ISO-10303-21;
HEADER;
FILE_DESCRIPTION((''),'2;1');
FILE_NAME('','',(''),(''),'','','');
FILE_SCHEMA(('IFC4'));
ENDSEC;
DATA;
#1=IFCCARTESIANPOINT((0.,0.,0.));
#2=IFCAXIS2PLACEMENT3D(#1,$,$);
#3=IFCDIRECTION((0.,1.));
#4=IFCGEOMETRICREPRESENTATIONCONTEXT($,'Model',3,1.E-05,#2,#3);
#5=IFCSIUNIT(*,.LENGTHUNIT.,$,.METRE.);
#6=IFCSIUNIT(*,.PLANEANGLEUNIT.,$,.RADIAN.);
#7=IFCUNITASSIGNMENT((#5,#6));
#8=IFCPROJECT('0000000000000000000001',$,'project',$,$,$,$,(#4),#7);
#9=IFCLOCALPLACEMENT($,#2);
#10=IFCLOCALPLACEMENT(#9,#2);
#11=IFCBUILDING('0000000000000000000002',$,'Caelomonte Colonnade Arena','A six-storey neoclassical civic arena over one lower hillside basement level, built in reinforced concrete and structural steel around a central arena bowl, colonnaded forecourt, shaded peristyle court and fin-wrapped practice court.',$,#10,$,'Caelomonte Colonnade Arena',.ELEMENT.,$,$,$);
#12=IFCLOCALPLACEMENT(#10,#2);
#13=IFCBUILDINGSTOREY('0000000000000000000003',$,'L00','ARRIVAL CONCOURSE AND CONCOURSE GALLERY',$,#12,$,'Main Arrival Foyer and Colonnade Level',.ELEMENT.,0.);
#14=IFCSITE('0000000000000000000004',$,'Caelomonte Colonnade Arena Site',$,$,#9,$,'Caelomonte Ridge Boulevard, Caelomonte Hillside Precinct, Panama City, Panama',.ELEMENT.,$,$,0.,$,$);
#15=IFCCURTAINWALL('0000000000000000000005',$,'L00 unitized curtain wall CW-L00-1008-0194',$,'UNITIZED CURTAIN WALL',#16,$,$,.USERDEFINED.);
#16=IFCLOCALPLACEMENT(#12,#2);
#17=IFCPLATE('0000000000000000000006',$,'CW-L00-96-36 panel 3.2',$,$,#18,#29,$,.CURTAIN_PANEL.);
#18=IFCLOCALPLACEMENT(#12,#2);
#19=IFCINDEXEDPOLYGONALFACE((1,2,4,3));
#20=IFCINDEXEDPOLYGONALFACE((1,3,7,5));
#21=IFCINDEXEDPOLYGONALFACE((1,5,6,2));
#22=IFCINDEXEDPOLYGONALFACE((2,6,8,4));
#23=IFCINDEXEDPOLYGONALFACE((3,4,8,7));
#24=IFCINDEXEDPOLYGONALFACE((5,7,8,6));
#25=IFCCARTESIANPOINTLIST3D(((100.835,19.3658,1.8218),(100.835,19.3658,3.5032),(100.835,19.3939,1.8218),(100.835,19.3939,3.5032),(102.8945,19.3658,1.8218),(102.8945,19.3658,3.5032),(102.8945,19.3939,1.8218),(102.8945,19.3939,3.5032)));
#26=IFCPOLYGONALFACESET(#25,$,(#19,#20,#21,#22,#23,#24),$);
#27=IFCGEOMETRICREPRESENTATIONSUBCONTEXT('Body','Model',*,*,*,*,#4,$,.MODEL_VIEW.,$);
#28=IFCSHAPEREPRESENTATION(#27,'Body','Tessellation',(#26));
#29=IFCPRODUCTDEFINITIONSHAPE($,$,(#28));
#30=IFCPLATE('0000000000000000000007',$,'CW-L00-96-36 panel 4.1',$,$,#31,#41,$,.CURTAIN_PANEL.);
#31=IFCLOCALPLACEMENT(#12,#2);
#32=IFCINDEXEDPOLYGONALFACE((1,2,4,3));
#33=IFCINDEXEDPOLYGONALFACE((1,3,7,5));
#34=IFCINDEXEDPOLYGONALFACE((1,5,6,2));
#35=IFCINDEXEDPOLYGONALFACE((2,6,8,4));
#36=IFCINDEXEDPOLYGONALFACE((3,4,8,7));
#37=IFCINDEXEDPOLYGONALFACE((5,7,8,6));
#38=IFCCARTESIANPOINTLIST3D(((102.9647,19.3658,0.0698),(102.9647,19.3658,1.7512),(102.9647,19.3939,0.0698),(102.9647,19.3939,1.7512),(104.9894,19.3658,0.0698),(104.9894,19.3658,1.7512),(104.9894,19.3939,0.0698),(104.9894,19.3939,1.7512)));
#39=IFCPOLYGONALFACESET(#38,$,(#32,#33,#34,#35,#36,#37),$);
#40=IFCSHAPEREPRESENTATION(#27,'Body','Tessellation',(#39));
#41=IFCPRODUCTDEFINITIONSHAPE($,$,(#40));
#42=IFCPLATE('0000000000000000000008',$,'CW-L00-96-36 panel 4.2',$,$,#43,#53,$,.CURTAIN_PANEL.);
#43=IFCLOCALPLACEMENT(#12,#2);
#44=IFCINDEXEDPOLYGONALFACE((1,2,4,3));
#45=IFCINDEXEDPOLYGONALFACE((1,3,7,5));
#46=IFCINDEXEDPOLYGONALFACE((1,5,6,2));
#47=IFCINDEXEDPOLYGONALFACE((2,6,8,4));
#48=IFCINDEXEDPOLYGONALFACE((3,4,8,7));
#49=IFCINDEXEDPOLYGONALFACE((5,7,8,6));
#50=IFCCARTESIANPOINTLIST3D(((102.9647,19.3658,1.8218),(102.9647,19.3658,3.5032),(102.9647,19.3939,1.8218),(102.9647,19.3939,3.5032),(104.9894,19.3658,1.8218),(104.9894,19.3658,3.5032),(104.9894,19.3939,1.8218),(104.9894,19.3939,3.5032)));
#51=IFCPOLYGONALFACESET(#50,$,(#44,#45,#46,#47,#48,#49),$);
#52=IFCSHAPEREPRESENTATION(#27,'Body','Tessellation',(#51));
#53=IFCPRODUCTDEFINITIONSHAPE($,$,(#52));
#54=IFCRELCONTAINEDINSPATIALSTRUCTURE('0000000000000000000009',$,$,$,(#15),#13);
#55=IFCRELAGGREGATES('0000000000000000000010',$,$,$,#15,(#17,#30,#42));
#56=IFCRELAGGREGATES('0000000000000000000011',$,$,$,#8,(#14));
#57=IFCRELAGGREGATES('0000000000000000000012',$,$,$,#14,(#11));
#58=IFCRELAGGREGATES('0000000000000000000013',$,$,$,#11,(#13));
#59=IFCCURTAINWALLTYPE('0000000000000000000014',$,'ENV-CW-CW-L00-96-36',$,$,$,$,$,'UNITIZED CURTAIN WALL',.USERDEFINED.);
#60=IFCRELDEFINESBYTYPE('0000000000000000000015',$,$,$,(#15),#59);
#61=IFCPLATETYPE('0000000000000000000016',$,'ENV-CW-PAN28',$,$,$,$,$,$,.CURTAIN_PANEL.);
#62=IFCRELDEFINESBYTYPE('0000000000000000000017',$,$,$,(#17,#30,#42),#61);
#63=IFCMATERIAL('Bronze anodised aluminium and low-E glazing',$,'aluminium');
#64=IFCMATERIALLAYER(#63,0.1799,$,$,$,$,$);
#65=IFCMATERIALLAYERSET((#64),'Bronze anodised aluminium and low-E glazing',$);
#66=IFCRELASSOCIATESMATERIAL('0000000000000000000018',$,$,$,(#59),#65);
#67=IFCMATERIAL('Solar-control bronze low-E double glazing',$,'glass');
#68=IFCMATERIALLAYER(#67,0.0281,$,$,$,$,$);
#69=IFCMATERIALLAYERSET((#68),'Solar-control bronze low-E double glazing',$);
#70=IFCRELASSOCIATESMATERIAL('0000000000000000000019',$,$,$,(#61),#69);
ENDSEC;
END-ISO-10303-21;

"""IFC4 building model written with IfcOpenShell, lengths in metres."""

from ifc_helpers import new_model, si_unit, direction, frame, origin, origin_2d, place, context, subcontext, project, spatial, rectangle, extrude, material, layer, layer_set, type_object, element, aggregate, save


model = new_model("IFC4")

# Units and contexts
model_context = context("Model", 3, precision=1e-05, world=origin(), true_north=direction((0.0, 1.0)))
body_context = subcontext(model_context, "Body", "Model", "MODEL_VIEW")
ifc_project = project(units=[si_unit("LENGTHUNIT", "METRE"), si_unit("PLANEANGLEUNIT", "RADIAN")], contexts=[model_context])

# Site, building, storey
site_placement = place(None, origin())
site = spatial("IfcSite", under=ifc_project, at=site_placement, Name="Caelomonte Colonnade Arena Site", LongName="Caelomonte Ridge Boulevard, Caelomonte Hillside Precinct, Panama City, Panama", CompositionType="ELEMENT", RefElevation=0.0)
building_placement = place(site_placement, origin())
building = spatial("IfcBuilding", under=site, at=building_placement, Name="Caelomonte Colonnade Arena", Description="A six-storey neoclassical civic arena over one lower hillside basement level, built in reinforced concrete and structural steel around a central arena bowl, colonnaded forecourt, shaded peristyle court and fin-wrapped practice court.", LongName="Caelomonte Colonnade Arena", CompositionType="ELEMENT")
storey_placement = place(building_placement, origin())
storey = spatial("IfcBuildingStorey", under=building, at=storey_placement, Name="L00", Description="ARRIVAL CONCOURSE AND CONCOURSE GALLERY", LongName="Main Arrival Foyer and Colonnade Level", CompositionType="ELEMENT", Elevation=0.0)

# Curtain wall
ifc_material_1 = material(Name="Bronze anodised aluminium and low-E glazing", Category="aluminium")
ifc_layer_1 = layer(ifc_material_1, 0.1799)
ifc_layer_set_1 = layer_set([ifc_layer_1], Name="Bronze anodised aluminium and low-E glazing")
curtain_wall_type = type_object("IfcCurtainWallType", Name="ENV-CW-CW-L00-96-36", ElementType="UNITIZED CURTAIN WALL", PredefinedType="USERDEFINED", material=ifc_layer_set_1)
curtain_wall_placement = place(storey_placement, origin())
curtain_wall = element("IfcCurtainWall", 1, at=curtain_wall_placement, inside=storey, type_object=curtain_wall_type, Name="L00 unitized curtain wall CW-L00-1008-0194", ObjectType="UNITIZED CURTAIN WALL", PredefinedType="USERDEFINED")

# Plates
ifc_material_2 = material(Name="Solar-control bronze low-E double glazing", Category="glass")
ifc_layer_2 = layer(ifc_material_2, 0.0281)
ifc_layer_set_2 = layer_set([ifc_layer_2], Name="Solar-control bronze low-E double glazing")
plate_type = type_object("IfcPlateType", Name="ENV-CW-PAN28", PredefinedType="CURTAIN_PANEL", material=ifc_layer_set_2)
plate_1_placement = place(storey_placement, frame((101.8647, 19.3799, 1.8218), z_axis=(0.0, 0.0, 1.0), x_axis=(1.0, 0.0, 0.0)))
plate_1 = element("IfcPlate", 2, at=plate_1_placement, type_object=plate_type, Name="CW-L00-96-36 panel 3.2", PredefinedType="CURTAIN_PANEL", context=body_context, shape_type="SweptSolid", body=[
    extrude(rectangle(XDim=2.0596, YDim=0.0281, at=origin_2d()), origin(), (0.0, 0.0, 1.0), 1.6814),
])
plate_2_placement = place(storey_placement, frame((103.9771, 19.3799, 0.0698), z_axis=(0.0, 0.0, 1.0), x_axis=(1.0, 0.0, 0.0)))
plate_2 = element("IfcPlate", 3, at=plate_2_placement, type_object=plate_type, Name="CW-L00-96-36 panel 4.1", PredefinedType="CURTAIN_PANEL", context=body_context, shape_type="SweptSolid", body=[
    extrude(rectangle(XDim=2.0247, YDim=0.0281, at=origin_2d()), origin(), (0.0, 0.0, 1.0), 1.6814),
])
plate_3_placement = place(storey_placement, frame((103.9771, 19.3799, 1.8218), z_axis=(0.0, 0.0, 1.0), x_axis=(1.0, 0.0, 0.0)))
plate_3 = element("IfcPlate", 4, at=plate_3_placement, type_object=plate_type, Name="CW-L00-96-36 panel 4.2", PredefinedType="CURTAIN_PANEL", context=body_context, shape_type="SweptSolid", body=[
    extrude(rectangle(XDim=2.0247, YDim=0.0281, at=origin_2d()), origin(), (0.0, 0.0, 1.0), 1.6814),
])
aggregate(curtain_wall, [plate_1, plate_2, plate_3])

save(model, "model.ifc")
